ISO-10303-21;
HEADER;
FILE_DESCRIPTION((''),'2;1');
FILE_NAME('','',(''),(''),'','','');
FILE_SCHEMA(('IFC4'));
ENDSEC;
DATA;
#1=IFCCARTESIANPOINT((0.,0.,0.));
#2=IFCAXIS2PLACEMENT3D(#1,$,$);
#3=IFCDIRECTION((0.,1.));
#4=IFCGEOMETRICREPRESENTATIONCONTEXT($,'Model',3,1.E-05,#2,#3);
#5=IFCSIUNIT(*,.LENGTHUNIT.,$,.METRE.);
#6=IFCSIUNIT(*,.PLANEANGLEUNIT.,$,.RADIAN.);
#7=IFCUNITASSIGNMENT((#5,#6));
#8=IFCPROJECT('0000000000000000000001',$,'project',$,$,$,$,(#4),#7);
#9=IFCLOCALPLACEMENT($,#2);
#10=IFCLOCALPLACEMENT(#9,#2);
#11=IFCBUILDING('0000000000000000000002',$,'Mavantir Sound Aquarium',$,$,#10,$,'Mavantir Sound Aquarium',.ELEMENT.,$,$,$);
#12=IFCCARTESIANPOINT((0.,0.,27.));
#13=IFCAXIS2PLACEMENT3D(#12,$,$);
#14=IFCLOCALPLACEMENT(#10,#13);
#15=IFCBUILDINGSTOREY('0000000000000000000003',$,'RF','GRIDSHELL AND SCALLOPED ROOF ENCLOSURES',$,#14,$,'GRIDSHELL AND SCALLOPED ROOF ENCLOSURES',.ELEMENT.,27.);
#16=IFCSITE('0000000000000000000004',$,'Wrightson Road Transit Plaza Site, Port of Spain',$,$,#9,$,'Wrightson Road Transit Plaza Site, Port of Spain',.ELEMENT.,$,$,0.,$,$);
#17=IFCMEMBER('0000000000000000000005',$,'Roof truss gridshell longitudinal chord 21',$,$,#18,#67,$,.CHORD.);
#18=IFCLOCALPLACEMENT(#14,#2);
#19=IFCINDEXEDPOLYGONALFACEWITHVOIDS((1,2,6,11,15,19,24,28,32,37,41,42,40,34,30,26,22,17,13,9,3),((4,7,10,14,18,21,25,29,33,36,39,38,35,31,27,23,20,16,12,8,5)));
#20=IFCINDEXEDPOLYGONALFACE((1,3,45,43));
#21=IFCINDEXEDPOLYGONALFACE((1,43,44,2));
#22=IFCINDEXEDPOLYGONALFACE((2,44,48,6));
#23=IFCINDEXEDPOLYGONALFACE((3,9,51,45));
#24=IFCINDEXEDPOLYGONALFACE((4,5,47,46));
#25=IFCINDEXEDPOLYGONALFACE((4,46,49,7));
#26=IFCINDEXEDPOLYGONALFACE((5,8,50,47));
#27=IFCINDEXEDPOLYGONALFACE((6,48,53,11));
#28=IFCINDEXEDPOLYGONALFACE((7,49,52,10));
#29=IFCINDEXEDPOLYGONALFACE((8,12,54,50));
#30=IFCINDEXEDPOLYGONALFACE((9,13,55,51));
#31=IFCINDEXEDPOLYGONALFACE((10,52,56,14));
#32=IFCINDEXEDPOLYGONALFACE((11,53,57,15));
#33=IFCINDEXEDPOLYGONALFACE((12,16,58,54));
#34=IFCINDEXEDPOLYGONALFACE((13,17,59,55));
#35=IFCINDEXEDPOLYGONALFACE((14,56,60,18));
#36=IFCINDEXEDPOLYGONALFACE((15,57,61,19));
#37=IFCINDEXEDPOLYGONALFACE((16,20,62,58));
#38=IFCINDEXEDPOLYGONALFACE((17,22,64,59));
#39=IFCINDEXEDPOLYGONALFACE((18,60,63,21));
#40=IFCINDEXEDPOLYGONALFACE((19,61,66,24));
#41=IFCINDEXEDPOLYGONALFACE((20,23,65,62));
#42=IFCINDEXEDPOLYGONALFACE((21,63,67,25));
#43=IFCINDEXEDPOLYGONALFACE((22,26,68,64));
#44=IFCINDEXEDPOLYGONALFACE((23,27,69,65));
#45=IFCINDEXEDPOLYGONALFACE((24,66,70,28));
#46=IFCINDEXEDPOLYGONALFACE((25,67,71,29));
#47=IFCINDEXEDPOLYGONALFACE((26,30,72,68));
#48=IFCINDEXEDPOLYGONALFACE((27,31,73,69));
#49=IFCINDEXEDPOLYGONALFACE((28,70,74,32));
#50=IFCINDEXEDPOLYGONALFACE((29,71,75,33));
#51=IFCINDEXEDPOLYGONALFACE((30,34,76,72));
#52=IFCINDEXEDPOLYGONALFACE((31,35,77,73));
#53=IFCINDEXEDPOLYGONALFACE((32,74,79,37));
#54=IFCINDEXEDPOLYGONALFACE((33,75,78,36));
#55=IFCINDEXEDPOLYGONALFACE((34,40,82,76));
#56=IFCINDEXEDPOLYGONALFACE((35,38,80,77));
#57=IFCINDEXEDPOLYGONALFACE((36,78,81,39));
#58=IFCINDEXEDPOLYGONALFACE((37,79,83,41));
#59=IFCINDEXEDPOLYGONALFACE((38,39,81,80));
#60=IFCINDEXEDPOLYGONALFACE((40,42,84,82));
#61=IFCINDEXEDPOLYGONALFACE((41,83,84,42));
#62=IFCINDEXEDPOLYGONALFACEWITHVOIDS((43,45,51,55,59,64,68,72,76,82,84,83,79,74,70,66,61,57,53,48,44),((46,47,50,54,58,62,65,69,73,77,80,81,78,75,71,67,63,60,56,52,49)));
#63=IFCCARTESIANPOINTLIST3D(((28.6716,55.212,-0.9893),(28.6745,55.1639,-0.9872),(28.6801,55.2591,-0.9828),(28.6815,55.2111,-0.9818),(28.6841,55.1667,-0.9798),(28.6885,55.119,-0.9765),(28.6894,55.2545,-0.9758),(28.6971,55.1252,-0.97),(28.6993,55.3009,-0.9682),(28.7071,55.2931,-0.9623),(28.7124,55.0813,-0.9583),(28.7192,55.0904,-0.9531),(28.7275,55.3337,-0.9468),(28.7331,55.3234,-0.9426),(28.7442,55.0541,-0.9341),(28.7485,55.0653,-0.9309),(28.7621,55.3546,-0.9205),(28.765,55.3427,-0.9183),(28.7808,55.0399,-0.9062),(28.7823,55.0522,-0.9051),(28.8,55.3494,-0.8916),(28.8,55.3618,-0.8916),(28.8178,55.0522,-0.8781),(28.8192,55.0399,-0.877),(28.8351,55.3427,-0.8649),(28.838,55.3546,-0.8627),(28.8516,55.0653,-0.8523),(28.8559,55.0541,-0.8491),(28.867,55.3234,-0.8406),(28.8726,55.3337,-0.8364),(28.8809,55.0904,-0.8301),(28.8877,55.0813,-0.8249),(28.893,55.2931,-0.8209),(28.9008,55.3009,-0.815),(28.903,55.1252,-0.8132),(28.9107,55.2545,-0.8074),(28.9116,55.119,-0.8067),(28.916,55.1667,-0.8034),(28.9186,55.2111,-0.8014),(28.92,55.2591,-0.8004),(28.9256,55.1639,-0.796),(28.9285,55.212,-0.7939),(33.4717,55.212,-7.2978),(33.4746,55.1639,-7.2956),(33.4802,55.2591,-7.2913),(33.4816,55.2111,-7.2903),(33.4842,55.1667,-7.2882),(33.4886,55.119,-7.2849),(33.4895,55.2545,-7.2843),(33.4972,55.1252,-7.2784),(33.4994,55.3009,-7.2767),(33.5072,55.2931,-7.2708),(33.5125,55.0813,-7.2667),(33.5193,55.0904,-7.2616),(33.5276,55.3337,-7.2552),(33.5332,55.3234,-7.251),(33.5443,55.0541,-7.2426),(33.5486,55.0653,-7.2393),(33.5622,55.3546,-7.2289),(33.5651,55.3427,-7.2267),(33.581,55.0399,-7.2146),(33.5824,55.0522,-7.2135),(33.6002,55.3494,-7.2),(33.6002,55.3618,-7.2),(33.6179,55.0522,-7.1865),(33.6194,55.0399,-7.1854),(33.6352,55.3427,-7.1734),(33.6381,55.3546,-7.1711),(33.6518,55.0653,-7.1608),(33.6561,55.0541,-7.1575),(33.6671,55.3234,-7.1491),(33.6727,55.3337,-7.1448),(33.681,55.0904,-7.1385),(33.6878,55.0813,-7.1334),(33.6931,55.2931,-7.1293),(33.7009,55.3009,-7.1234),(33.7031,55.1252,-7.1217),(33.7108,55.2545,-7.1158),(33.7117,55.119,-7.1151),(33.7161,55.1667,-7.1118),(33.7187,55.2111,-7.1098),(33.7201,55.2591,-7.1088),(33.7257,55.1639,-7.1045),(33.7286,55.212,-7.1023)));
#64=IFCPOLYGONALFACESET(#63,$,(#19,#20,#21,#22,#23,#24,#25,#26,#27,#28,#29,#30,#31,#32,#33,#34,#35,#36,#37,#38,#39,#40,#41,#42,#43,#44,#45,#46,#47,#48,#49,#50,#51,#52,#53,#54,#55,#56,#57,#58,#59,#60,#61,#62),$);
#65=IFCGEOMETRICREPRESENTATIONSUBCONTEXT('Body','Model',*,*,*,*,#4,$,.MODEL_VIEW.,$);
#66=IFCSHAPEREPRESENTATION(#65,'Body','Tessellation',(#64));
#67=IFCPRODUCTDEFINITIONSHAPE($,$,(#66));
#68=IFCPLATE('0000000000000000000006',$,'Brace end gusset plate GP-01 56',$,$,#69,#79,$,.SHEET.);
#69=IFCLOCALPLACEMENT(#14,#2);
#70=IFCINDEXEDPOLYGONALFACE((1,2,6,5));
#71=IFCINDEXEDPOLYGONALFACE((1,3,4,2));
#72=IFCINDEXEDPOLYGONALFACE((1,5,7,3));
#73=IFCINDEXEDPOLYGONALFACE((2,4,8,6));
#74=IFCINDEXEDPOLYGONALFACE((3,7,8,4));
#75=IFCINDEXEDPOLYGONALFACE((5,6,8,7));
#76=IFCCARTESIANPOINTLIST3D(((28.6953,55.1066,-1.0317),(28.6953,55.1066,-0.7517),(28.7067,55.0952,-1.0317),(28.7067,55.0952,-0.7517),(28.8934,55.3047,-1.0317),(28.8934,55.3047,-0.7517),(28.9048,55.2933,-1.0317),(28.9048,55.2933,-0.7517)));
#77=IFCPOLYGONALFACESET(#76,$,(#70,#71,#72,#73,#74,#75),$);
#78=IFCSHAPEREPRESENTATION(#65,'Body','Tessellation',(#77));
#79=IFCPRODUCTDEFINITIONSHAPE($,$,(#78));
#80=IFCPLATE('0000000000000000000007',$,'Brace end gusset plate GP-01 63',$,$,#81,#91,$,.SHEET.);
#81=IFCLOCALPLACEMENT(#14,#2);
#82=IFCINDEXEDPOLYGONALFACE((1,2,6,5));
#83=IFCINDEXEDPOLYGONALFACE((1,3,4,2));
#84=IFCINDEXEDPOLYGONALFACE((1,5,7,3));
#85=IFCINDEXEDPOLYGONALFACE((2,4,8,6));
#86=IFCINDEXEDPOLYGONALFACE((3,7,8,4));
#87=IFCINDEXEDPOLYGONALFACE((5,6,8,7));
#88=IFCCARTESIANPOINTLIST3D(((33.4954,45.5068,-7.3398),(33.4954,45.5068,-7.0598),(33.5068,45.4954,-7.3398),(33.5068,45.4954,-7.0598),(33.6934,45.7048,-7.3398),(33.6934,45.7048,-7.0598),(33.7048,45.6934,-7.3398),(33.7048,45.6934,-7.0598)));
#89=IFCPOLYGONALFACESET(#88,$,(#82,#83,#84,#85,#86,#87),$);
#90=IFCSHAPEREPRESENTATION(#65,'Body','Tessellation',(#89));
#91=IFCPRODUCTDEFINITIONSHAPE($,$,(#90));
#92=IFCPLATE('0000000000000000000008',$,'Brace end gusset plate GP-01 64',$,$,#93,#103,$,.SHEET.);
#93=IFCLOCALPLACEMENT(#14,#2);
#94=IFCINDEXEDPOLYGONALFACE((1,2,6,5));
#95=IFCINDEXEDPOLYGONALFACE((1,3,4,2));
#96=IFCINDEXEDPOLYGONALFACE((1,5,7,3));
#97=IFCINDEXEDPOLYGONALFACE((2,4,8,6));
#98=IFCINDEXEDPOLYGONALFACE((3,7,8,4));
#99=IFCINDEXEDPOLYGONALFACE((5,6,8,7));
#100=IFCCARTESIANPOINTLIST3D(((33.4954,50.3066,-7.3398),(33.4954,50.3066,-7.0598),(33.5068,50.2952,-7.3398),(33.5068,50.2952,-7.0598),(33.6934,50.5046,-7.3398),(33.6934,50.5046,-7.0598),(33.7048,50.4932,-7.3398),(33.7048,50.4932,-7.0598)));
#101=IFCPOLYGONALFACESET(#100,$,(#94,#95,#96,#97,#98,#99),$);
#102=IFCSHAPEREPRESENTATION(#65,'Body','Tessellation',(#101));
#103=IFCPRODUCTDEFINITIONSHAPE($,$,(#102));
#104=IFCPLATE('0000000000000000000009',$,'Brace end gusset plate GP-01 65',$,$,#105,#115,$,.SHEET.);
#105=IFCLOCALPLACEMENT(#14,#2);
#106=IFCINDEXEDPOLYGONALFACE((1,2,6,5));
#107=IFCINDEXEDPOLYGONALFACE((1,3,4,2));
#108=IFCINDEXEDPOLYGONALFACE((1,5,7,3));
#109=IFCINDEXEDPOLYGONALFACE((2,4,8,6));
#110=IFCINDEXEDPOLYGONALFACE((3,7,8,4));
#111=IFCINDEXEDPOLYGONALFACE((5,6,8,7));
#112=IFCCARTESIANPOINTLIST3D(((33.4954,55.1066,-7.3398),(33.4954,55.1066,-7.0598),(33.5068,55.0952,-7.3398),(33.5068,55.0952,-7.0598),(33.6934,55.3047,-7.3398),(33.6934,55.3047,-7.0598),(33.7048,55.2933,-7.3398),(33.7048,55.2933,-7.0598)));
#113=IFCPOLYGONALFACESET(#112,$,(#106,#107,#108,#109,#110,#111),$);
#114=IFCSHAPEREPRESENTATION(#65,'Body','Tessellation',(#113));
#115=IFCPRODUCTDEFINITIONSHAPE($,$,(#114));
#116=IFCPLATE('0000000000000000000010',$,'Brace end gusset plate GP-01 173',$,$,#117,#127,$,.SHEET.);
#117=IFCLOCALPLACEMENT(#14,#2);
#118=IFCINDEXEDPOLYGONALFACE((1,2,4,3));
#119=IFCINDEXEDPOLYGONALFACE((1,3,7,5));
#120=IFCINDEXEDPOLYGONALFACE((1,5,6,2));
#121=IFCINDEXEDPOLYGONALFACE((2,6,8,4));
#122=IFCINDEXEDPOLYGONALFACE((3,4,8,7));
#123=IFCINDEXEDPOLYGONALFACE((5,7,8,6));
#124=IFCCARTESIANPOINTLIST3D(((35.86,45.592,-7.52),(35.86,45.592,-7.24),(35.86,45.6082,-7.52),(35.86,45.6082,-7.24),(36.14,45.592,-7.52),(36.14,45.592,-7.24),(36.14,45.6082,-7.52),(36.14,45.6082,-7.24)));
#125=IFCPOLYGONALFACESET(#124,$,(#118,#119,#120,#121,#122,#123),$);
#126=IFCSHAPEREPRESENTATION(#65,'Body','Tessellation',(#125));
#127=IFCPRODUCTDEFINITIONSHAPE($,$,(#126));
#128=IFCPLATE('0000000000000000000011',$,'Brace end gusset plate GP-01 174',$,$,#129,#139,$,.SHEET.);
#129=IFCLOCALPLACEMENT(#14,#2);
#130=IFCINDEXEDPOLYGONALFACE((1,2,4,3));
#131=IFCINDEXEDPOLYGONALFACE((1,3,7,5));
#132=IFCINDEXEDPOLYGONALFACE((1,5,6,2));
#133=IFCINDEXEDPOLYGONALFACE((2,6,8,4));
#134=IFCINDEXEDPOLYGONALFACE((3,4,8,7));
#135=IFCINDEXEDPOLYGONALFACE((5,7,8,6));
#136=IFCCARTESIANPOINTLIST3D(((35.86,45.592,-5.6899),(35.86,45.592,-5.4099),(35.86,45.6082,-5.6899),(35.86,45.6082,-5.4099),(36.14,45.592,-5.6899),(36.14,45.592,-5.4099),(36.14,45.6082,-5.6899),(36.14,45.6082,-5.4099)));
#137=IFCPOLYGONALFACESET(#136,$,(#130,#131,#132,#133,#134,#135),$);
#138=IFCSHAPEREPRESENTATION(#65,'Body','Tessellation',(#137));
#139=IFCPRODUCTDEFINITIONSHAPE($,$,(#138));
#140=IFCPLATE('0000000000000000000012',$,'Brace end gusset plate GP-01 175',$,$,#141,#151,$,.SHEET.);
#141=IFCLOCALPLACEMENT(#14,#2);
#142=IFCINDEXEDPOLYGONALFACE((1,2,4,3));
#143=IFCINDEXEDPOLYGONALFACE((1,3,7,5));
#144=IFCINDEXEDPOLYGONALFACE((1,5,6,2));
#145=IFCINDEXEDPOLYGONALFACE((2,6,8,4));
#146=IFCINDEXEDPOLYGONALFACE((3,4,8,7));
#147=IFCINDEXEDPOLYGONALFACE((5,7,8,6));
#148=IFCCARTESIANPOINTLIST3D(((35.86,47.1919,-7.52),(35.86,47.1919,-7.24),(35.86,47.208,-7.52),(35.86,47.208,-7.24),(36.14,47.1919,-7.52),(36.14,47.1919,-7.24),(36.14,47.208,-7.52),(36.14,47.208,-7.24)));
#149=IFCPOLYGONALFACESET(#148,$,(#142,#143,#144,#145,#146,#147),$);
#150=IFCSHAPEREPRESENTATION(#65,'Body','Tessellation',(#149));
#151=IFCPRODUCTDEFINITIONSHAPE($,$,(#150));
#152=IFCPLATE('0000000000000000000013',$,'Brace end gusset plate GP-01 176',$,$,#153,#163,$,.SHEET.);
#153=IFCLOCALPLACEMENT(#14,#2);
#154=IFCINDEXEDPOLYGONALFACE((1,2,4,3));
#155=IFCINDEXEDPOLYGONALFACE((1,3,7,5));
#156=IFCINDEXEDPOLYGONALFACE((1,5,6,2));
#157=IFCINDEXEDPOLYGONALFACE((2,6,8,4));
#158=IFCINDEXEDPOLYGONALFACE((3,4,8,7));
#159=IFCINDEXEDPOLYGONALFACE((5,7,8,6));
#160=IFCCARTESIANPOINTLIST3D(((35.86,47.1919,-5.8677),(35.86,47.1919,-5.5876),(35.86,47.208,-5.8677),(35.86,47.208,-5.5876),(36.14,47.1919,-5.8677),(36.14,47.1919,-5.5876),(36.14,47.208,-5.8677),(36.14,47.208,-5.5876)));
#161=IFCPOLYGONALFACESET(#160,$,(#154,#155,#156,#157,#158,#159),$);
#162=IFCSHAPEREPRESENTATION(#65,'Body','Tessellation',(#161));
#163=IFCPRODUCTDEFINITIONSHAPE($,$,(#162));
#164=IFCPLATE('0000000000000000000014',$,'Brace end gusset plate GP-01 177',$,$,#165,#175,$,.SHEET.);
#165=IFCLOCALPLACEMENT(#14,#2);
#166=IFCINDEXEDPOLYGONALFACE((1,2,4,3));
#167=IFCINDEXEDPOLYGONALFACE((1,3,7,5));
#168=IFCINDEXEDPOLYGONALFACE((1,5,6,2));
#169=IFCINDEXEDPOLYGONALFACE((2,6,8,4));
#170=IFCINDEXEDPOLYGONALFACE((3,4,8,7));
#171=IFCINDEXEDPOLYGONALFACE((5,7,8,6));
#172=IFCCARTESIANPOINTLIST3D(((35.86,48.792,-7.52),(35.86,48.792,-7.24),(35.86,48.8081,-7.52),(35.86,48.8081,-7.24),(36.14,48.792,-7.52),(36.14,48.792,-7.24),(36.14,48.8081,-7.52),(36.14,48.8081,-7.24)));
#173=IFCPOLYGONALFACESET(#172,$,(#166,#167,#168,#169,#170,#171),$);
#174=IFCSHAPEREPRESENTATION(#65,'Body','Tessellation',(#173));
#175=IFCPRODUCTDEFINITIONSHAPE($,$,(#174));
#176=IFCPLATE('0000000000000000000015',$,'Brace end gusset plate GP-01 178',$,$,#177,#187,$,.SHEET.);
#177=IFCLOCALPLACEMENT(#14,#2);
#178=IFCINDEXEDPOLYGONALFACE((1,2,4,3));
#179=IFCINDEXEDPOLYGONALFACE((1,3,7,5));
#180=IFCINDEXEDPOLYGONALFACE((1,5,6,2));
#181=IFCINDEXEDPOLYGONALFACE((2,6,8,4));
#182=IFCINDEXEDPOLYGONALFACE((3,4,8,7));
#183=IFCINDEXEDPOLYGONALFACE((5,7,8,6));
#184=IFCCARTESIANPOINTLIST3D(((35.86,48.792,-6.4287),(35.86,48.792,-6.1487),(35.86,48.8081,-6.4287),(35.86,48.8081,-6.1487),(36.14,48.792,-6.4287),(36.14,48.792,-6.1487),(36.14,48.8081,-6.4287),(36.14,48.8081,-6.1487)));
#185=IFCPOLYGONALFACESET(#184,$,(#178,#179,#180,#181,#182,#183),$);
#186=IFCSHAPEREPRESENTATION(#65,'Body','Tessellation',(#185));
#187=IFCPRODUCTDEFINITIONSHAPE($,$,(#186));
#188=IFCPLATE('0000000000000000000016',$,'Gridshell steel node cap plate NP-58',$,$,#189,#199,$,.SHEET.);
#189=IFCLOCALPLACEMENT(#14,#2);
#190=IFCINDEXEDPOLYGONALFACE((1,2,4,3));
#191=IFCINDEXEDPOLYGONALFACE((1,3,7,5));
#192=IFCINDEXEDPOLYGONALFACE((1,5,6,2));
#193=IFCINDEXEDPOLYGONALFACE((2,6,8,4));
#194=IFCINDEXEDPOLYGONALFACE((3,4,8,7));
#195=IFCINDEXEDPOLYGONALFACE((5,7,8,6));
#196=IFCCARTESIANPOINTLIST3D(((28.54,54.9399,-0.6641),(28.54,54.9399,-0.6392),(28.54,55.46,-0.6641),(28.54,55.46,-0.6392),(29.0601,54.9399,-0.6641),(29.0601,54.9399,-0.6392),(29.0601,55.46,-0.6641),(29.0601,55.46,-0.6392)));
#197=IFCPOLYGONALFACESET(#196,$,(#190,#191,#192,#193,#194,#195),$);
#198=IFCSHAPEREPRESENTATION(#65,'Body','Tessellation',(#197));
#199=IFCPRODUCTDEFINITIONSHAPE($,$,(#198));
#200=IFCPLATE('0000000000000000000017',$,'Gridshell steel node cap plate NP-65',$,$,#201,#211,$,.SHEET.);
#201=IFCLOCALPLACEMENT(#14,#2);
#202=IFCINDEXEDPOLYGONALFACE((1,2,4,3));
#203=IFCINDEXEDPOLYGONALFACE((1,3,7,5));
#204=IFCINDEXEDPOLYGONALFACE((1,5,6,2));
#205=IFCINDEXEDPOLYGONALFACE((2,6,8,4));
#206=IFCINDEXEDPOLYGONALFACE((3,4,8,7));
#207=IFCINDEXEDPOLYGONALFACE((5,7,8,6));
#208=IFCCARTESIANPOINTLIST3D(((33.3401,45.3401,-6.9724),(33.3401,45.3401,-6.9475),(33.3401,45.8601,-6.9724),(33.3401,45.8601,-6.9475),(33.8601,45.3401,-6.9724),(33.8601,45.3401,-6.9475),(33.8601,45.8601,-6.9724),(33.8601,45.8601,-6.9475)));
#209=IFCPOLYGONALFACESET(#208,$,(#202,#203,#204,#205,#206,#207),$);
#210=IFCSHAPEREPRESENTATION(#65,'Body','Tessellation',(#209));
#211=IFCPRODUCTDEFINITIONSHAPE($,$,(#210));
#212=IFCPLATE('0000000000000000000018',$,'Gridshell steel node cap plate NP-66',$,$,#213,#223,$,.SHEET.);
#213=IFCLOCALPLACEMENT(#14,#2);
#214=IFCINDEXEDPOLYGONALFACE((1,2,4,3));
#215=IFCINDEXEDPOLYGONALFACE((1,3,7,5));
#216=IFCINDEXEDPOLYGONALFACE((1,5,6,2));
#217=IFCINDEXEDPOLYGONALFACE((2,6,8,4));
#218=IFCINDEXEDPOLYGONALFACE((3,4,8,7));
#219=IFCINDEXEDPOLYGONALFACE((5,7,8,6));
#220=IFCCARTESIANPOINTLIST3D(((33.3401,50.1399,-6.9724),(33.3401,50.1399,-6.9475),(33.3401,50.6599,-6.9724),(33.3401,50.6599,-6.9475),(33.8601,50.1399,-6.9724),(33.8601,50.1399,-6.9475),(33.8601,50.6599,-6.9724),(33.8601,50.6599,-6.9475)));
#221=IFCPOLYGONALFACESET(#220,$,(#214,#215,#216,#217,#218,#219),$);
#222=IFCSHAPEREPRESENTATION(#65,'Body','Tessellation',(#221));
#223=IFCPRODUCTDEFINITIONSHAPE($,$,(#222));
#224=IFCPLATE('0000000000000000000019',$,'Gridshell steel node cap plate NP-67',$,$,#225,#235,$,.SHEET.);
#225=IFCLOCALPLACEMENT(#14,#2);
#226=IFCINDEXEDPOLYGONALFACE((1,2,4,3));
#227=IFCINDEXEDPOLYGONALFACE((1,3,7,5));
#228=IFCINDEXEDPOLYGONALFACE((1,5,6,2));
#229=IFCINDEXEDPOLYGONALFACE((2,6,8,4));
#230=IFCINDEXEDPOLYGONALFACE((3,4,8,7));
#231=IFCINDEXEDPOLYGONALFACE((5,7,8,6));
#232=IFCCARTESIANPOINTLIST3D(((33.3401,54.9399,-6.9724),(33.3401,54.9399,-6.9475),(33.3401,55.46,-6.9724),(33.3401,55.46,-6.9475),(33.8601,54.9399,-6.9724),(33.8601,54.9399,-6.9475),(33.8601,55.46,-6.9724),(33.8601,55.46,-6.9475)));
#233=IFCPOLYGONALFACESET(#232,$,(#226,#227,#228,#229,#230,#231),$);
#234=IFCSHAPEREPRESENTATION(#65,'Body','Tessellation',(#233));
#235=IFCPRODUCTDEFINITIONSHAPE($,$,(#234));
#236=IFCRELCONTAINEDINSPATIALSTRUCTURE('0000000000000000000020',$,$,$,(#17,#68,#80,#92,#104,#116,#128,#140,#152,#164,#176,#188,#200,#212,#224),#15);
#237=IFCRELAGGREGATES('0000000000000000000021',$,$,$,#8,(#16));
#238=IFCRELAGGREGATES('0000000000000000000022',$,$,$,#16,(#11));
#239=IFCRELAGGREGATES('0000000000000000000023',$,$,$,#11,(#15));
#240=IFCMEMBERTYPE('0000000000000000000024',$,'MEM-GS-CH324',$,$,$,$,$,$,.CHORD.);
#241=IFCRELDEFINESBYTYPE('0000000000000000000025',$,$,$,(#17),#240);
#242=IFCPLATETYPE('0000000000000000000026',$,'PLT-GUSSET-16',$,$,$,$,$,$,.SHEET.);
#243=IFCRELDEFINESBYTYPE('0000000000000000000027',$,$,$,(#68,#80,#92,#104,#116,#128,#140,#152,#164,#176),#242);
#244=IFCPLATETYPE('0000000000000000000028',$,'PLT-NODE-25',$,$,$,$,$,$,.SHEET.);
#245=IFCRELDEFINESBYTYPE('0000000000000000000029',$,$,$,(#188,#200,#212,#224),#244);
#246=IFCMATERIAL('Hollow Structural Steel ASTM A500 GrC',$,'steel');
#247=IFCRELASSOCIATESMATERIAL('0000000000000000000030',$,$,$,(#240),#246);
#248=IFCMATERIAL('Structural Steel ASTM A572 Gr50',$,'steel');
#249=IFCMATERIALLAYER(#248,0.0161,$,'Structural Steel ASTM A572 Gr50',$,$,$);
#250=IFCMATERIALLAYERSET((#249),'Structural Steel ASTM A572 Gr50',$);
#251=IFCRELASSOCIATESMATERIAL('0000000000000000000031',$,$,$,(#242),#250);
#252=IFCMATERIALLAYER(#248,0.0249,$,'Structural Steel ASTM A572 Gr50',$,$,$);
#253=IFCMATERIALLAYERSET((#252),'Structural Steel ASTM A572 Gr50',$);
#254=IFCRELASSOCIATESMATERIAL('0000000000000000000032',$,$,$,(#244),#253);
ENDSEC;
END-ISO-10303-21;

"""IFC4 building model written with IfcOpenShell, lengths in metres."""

from ifc_helpers import new_model, si_unit, direction, frame, origin, origin_2d, place, context, subcontext, project, spatial, rectangle, hollow_circle, extrude, material, layer, layer_set, material_profile, profile_set, type_object, element, save


model = new_model("IFC4")

# Units and contexts
model_context = context("Model", 3, precision=1e-05, world=origin(), true_north=direction((0.0, 1.0)))
body_context = subcontext(model_context, "Body", "Model", "MODEL_VIEW")
ifc_project = project(units=[si_unit("LENGTHUNIT", "METRE"), si_unit("PLANEANGLEUNIT", "RADIAN")], contexts=[model_context])

# Site, building, storey
site_placement = place(None, origin())
site = spatial("IfcSite", under=ifc_project, at=site_placement, Name="Wrightson Road Transit Plaza Site, Port of Spain", LongName="Wrightson Road Transit Plaza Site, Port of Spain", CompositionType="ELEMENT", RefElevation=0.0)
building_placement = place(site_placement, origin())
building = spatial("IfcBuilding", under=site, at=building_placement, Name="Mavantir Sound Aquarium", LongName="Mavantir Sound Aquarium", CompositionType="ELEMENT")
storey_placement = place(building_placement, frame((0.0, 0.0, 27.0)))
storey = spatial("IfcBuildingStorey", under=building, at=storey_placement, Name="RF", Description="GRIDSHELL AND SCALLOPED ROOF ENCLOSURES", LongName="GRIDSHELL AND SCALLOPED ROOF ENCLOSURES", CompositionType="ELEMENT", Elevation=27.0)

# Shared definitions
ifc_material_1 = material(Name="Hollow Structural Steel ASTM A500 GrC", Category="steel")

# Member
ifc_material_profile_1 = material_profile(ifc_material_1, hollow_circle(Radius=0.1619, WallThickness=0.0125, at=origin_2d()), Name="CHS 323.9X12.5")
ifc_profile_set_1 = profile_set([ifc_material_profile_1], Name="Hollow Structural Steel ASTM A500 GrC")
member_type_1 = type_object("IfcMemberType", Name="MEM-GS-CH324", PredefinedType="CHORD", material=ifc_profile_set_1)
member_1_placement = place(storey_placement, frame((28.8, 55.2, -0.8916), z_axis=(0.605539, 0.0, -0.795815), x_axis=(0.0, 1.0, 0.0)))
element("IfcMember", 1, at=member_1_placement, inside=storey, type_object=member_type_1, Name="Roof truss gridshell longitudinal chord 21", PredefinedType="CHORD", context=body_context, shape_type="SweptSolid", body=[
    extrude(hollow_circle(Radius=0.1619, WallThickness=0.0125, at=origin_2d()), origin(), (0.0, 0.0, 1.0), 7.927),
])

# Plates
ifc_material_2 = material(Name="Structural Steel ASTM A572 Gr50", Category="steel")
ifc_layer_1 = layer(ifc_material_2, 0.0161, Name="Structural Steel ASTM A572 Gr50")
ifc_layer_set_1 = layer_set([ifc_layer_1], Name="Structural Steel ASTM A572 Gr50")
plate_type_1 = type_object("IfcPlateType", Name="PLT-GUSSET-16", PredefinedType="SHEET", material=ifc_layer_set_1)
for number, where, z_axis, x_axis, name in (
    (2, (28.8, 55.2, -1.0317), (0.0, 0.0, 1.0), (0.707107, 0.707107, 0.0), "Brace end gusset plate GP-01 56"),
    (3, (33.6001, 45.6001, -7.3398), (0.0, 0.0, 1.0), (0.707107, 0.707107, 0.0), "Brace end gusset plate GP-01 63"),
    (4, (33.6001, 50.3999, -7.3398), (0.0, 0.0, 1.0), (0.707107, 0.707107, 0.0), "Brace end gusset plate GP-01 64"),
    (5, (33.6001, 55.2, -7.3398), (0.0, 0.0, 1.0), (0.707107, 0.707107, 0.0), "Brace end gusset plate GP-01 65"),
    (6, (36.0, 45.6001, -7.52), (0.0, 0.0, 1.0), (1.0, 0.0, 0.0), "Brace end gusset plate GP-01 173"),
    (7, (36.0, 45.6001, -5.6899), (0.0, 0.0, 1.0), (1.0, 0.0, 0.0), "Brace end gusset plate GP-01 174"),
    (8, (36.0, 47.2, -7.52), (0.0, 0.0, 1.0), (1.0, 0.0, 0.0), "Brace end gusset plate GP-01 175"),
    (9, (36.0, 47.2, -5.8677), (0.0, 0.0, 1.0), (1.0, 0.0, 0.0), "Brace end gusset plate GP-01 176"),
    (10, (36.0, 48.8, -7.52), (0.0, 0.0, 1.0), (1.0, 0.0, 0.0), "Brace end gusset plate GP-01 177"),
    (11, (36.0, 48.8, -6.4287), (0.0, 0.0, 1.0), (1.0, 0.0, 0.0), "Brace end gusset plate GP-01 178"),
):
    element("IfcPlate", number, at=place(storey_placement, frame(where, z_axis=z_axis, x_axis=x_axis)), inside=storey, type_object=plate_type_1, Name=name, PredefinedType="SHEET", context=body_context, shape_type="SweptSolid", body=[
        extrude(rectangle(XDim=0.28, YDim=0.0161, at=origin_2d()), origin(), (0.0, 0.0, 1.0), 0.28),
    ])
ifc_layer_2 = layer(ifc_material_2, 0.0249, Name="Structural Steel ASTM A572 Gr50")
ifc_layer_set_2 = layer_set([ifc_layer_2], Name="Structural Steel ASTM A572 Gr50")
plate_type_2 = type_object("IfcPlateType", Name="PLT-NODE-25", PredefinedType="SHEET", material=ifc_layer_set_2)
for number, where, z_axis, x_axis, name in (
    (12, (28.8, 55.2, -0.6641), (0.0, 0.0, 1.0), (1.0, 0.0, 0.0), "Gridshell steel node cap plate NP-58"),
    (13, (33.6001, 45.6001, -6.9724), (0.0, 0.0, 1.0), (1.0, 0.0, 0.0), "Gridshell steel node cap plate NP-65"),
    (14, (33.6001, 50.3999, -6.9724), (0.0, 0.0, 1.0), (1.0, 0.0, 0.0), "Gridshell steel node cap plate NP-66"),
    (15, (33.6001, 55.2, -6.9724), (0.0, 0.0, 1.0), (1.0, 0.0, 0.0), "Gridshell steel node cap plate NP-67"),
):
    element("IfcPlate", number, at=place(storey_placement, frame(where, z_axis=z_axis, x_axis=x_axis)), inside=storey, type_object=plate_type_2, Name=name, PredefinedType="SHEET", context=body_context, shape_type="SweptSolid", body=[
        extrude(rectangle(XDim=0.52, YDim=0.52, at=origin_2d()), origin(), (0.0, 0.0, 1.0), 0.0249),
    ])

save(model, "model.ifc")
